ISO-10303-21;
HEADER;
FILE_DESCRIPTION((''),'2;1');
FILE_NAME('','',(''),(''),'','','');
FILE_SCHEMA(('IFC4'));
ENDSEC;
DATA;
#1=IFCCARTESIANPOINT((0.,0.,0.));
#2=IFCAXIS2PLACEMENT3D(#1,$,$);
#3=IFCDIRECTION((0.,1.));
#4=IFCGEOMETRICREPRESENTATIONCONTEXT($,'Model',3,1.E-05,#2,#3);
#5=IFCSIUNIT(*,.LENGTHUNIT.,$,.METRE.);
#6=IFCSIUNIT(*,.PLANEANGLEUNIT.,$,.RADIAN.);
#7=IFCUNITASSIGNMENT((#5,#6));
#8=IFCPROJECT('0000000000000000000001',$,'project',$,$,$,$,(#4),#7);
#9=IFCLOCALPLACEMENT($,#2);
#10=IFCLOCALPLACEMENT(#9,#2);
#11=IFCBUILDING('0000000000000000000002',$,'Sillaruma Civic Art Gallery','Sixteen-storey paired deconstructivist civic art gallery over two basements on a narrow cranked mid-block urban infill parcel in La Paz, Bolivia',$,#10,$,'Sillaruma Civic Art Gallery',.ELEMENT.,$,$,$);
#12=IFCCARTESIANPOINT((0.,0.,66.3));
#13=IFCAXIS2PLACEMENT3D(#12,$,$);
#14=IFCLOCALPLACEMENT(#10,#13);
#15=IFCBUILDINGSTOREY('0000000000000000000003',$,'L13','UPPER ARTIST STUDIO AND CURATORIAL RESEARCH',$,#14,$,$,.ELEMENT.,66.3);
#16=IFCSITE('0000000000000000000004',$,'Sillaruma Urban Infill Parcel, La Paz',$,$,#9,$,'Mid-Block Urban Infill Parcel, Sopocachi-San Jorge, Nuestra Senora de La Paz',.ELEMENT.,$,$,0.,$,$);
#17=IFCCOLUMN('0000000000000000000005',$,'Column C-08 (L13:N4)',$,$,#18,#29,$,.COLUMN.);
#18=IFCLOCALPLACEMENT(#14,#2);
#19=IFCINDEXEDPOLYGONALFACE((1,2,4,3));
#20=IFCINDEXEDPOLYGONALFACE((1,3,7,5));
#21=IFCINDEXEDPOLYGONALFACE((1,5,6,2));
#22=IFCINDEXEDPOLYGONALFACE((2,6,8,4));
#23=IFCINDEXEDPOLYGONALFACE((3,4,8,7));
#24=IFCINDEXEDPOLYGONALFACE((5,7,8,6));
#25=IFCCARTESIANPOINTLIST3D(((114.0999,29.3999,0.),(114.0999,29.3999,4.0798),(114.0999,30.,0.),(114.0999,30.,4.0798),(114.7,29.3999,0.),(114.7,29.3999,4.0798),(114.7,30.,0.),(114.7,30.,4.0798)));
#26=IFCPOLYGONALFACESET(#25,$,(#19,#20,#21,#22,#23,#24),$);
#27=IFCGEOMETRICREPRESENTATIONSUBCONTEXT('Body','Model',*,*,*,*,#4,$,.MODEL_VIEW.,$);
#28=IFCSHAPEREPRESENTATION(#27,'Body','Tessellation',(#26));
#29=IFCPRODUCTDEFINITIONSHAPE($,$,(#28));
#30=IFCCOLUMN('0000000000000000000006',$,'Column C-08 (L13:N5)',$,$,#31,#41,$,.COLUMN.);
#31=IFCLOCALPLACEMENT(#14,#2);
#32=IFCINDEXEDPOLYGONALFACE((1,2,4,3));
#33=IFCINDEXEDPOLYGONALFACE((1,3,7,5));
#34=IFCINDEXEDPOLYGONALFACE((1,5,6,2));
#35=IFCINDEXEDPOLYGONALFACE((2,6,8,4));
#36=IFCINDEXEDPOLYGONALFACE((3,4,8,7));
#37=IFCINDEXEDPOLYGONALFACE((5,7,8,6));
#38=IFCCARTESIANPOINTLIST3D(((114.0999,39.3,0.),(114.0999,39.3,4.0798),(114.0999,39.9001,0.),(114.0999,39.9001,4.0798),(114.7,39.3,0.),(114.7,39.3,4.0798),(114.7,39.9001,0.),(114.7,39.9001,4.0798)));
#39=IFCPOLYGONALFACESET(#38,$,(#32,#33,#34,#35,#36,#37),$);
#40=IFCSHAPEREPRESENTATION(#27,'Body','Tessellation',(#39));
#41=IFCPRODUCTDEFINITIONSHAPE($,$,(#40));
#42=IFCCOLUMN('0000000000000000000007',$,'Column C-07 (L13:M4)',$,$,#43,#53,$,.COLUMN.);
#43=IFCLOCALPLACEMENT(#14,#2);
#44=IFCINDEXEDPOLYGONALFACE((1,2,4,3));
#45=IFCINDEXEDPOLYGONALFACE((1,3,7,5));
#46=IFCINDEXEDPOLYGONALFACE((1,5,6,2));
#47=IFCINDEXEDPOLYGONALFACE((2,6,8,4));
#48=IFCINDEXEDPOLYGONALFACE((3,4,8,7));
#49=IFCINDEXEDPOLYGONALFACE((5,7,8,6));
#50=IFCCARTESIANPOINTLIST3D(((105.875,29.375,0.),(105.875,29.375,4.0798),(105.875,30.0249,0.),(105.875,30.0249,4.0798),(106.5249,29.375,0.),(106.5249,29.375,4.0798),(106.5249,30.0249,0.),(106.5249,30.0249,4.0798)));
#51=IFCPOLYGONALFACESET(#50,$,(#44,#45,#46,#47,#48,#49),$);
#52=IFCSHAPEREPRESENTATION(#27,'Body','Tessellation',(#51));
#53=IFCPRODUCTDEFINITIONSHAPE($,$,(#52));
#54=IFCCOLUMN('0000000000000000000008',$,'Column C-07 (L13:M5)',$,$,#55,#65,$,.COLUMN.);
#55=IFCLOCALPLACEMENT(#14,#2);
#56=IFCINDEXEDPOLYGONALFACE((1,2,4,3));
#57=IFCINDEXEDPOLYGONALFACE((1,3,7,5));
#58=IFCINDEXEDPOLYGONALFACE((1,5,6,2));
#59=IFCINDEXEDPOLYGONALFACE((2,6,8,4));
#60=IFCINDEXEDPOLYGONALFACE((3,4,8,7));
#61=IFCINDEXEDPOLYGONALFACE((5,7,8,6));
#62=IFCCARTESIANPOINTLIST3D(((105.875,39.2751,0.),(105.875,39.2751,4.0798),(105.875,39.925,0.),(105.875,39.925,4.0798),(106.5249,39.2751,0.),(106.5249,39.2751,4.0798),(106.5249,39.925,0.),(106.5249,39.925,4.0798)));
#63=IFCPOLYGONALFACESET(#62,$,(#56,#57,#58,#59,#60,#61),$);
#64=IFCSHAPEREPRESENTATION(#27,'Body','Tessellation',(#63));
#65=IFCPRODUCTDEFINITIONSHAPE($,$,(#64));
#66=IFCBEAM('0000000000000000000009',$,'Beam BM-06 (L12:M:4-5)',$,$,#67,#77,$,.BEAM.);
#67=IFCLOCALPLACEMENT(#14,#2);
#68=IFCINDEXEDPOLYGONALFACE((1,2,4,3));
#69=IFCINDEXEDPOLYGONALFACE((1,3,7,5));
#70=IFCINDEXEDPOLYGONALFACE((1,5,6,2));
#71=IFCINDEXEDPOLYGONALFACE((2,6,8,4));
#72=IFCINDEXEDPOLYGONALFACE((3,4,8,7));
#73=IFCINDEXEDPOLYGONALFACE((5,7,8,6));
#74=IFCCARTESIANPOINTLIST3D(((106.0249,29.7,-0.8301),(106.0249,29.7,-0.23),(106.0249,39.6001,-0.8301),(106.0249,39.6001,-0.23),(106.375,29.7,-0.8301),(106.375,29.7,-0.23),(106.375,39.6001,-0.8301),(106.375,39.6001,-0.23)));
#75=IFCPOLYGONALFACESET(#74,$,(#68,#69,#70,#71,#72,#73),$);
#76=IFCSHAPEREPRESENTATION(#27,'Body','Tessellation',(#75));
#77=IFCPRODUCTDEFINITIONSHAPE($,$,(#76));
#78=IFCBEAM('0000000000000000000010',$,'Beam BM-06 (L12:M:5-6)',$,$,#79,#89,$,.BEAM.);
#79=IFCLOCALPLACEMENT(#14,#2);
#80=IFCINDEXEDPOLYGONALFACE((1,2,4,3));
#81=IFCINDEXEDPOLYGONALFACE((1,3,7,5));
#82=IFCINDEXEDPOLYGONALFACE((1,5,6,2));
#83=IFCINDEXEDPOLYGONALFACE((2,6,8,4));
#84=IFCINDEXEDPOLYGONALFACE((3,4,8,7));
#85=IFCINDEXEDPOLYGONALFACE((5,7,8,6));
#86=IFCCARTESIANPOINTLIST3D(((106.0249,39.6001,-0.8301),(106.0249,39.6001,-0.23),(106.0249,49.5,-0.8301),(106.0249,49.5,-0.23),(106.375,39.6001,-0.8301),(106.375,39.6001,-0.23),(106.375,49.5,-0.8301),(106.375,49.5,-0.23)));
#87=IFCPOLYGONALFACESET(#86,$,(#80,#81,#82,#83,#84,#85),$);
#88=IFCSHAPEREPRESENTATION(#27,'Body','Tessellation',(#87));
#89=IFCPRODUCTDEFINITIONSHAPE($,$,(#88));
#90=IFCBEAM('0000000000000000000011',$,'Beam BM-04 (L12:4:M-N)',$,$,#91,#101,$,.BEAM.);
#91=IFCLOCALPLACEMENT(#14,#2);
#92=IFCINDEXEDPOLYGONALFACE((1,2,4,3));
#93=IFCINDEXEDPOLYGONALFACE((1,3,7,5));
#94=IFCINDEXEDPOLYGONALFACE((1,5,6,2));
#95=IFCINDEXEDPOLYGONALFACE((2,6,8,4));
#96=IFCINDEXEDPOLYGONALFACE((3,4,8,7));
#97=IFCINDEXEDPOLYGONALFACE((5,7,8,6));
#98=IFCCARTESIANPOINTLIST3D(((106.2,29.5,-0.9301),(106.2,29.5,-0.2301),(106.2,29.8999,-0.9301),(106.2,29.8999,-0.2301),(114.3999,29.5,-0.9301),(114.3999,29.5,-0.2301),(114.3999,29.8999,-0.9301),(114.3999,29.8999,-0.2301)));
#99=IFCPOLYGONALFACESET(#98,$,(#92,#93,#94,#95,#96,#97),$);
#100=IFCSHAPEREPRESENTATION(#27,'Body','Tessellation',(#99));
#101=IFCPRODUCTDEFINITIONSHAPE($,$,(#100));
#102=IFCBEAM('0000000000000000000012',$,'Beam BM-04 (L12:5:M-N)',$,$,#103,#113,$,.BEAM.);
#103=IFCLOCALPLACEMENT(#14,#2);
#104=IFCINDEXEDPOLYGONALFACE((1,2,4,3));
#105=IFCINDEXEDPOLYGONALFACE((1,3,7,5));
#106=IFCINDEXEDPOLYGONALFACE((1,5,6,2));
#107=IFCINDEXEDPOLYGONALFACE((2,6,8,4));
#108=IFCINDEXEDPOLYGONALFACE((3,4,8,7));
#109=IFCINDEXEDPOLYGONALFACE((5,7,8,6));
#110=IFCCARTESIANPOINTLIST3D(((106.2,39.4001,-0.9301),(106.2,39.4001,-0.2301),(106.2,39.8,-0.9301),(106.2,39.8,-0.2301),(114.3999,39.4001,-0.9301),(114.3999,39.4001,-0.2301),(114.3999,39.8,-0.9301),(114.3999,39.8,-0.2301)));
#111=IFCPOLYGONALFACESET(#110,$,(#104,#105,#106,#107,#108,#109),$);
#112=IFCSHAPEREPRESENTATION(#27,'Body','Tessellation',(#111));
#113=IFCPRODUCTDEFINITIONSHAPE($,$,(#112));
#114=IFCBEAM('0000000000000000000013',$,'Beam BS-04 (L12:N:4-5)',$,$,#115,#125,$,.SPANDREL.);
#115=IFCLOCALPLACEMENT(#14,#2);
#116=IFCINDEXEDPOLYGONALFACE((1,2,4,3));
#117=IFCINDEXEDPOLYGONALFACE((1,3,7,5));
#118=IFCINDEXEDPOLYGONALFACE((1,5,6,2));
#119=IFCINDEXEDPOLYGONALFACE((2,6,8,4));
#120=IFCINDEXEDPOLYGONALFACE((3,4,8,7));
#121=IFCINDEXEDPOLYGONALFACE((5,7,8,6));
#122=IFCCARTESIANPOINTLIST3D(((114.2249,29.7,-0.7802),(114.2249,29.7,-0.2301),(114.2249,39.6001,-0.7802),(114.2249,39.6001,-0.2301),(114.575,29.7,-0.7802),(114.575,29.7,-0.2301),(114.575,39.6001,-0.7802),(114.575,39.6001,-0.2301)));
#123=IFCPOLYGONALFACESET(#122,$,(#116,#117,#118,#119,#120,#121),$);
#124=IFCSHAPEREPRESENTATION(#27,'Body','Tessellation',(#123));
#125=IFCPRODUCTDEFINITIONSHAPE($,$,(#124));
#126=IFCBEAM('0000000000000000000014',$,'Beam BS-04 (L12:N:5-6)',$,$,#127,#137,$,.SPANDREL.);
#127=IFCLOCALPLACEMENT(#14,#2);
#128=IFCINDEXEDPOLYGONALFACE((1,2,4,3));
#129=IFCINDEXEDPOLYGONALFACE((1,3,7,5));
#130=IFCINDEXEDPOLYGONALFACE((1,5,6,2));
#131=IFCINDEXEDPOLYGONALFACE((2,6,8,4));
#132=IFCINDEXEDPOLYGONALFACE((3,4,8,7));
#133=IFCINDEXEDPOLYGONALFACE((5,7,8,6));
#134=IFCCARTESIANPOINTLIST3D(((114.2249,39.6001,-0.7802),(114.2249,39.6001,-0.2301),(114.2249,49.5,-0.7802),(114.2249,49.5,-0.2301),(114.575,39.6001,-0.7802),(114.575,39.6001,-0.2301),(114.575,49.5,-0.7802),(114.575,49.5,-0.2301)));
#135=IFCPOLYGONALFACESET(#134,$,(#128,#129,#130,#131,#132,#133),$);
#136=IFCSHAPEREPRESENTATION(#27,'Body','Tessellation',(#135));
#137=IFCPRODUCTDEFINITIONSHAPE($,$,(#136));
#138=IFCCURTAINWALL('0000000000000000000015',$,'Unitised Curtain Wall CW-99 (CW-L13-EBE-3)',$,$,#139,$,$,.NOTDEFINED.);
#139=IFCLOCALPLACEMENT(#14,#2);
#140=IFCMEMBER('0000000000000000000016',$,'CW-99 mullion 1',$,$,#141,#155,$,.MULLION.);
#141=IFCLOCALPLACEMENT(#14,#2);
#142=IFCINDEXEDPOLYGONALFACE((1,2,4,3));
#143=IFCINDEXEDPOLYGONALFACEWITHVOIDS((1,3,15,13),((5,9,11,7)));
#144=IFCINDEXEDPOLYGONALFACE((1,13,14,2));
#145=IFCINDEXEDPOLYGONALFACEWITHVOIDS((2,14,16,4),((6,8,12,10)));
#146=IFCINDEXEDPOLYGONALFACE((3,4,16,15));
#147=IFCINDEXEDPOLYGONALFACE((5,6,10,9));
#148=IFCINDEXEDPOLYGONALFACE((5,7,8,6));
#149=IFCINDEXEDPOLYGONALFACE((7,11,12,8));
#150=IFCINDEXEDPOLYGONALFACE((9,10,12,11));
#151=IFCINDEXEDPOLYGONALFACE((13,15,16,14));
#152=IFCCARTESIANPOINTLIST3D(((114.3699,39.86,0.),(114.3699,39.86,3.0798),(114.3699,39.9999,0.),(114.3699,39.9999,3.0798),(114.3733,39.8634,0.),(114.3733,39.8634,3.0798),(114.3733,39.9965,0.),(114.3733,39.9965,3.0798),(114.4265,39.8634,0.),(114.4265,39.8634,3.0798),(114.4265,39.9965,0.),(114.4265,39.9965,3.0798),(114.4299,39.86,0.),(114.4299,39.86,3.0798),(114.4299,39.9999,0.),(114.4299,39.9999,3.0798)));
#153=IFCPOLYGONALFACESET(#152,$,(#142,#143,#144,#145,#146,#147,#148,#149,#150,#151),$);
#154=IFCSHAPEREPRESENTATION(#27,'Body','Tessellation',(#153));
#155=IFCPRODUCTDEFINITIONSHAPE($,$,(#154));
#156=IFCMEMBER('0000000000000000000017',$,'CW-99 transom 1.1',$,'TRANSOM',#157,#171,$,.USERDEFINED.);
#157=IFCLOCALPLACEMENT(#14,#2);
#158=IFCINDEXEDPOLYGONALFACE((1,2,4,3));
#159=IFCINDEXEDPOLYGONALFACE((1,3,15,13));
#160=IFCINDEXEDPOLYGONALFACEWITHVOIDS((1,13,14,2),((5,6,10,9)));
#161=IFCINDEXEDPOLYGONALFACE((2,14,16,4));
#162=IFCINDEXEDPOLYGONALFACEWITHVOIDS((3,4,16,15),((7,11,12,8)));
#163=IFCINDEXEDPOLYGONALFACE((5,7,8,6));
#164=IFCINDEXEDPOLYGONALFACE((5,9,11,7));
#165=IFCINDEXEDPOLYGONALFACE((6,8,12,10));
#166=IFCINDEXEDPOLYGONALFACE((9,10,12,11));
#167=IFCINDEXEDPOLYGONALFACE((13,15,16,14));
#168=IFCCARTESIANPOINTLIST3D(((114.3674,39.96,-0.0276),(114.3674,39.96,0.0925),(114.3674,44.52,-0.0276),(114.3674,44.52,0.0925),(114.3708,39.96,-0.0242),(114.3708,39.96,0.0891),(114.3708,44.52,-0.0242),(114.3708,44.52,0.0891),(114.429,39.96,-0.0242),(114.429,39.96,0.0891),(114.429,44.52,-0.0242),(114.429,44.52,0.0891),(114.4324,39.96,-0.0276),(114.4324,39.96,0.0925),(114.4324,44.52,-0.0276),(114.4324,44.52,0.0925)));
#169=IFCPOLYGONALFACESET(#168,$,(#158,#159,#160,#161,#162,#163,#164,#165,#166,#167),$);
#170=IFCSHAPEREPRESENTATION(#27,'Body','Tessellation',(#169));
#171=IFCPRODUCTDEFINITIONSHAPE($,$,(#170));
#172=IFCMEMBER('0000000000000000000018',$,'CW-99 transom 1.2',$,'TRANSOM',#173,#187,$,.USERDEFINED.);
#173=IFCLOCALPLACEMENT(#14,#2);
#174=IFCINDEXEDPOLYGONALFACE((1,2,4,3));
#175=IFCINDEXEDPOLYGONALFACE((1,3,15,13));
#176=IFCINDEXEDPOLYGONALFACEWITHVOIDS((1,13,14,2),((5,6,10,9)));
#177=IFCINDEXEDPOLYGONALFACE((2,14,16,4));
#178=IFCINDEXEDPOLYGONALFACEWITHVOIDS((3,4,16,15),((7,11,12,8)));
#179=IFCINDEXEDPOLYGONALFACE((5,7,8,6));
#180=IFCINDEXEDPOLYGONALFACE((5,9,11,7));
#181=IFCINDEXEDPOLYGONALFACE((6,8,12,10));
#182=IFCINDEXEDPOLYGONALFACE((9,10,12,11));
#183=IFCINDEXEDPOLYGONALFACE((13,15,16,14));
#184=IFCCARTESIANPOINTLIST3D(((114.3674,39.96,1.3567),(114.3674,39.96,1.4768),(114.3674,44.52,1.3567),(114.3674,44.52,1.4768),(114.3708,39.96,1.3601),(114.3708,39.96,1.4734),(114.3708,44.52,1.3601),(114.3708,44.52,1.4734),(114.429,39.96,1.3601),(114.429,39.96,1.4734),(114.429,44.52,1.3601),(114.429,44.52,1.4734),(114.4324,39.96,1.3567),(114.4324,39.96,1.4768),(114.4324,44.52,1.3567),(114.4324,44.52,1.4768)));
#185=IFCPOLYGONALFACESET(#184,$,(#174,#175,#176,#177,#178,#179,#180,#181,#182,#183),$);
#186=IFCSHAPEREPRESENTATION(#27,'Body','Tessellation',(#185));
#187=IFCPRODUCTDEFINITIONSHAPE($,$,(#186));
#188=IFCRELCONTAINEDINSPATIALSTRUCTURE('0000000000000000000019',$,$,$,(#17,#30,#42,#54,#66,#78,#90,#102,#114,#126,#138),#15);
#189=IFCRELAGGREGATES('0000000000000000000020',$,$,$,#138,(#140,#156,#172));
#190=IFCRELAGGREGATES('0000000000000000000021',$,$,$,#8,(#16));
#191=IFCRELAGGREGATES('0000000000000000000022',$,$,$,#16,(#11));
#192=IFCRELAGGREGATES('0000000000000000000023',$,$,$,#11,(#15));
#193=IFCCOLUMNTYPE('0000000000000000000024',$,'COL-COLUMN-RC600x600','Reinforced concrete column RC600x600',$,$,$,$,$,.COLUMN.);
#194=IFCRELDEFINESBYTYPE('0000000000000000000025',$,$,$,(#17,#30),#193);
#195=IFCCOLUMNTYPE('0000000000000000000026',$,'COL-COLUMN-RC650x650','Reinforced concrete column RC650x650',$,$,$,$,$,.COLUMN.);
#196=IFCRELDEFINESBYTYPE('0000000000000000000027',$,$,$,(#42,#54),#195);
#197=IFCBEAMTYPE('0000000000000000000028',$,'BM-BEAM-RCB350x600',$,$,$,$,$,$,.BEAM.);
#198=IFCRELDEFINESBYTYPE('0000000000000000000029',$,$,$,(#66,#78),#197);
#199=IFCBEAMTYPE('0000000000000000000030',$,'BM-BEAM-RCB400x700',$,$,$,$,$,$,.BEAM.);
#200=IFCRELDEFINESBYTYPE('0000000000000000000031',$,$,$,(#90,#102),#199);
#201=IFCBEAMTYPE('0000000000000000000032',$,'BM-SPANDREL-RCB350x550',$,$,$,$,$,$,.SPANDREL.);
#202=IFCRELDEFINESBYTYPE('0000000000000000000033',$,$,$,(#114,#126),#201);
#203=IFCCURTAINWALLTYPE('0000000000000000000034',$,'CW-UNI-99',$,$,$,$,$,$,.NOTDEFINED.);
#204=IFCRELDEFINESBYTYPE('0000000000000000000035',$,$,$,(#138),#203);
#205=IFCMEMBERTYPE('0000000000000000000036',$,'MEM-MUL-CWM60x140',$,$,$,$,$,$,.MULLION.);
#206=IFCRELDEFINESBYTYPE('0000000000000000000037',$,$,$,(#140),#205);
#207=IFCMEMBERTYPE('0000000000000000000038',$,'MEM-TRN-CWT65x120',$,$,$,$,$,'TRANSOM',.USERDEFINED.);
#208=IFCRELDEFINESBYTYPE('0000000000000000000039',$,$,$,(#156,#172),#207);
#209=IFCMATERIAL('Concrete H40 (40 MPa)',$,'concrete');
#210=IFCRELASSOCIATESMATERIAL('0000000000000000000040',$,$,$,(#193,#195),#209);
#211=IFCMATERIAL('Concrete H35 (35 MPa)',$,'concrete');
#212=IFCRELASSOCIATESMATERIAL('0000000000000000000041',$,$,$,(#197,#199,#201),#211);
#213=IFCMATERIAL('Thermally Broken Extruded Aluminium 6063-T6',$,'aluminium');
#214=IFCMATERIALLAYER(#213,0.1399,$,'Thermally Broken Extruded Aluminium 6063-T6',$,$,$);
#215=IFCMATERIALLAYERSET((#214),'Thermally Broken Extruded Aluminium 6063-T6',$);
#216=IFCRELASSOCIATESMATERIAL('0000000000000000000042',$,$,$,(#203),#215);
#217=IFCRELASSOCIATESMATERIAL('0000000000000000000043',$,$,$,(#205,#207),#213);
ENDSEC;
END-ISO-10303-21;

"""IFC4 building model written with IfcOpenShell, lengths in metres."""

from ifc_helpers import new_model, si_unit, direction, frame, origin, origin_2d, place, context, subcontext, project, spatial, rectangle, hollow_rectangle, extrude, material, layer, layer_set, material_profile, profile_set, type_object, element, aggregate, save


model = new_model("IFC4")

# Units and contexts
model_context = context("Model", 3, precision=1e-05, world=origin(), true_north=direction((0.0, 1.0)))
body_context = subcontext(model_context, "Body", "Model", "MODEL_VIEW")
ifc_project = project(units=[si_unit("LENGTHUNIT", "METRE"), si_unit("PLANEANGLEUNIT", "RADIAN")], contexts=[model_context])

# Site, building, storey
site_placement = place(None, origin())
site = spatial("IfcSite", under=ifc_project, at=site_placement, Name="Sillaruma Urban Infill Parcel, La Paz", LongName="Mid-Block Urban Infill Parcel, Sopocachi-San Jorge, Nuestra Senora de La Paz", CompositionType="ELEMENT", RefElevation=0.0)
building_placement = place(site_placement, origin())
building = spatial("IfcBuilding", under=site, at=building_placement, Name="Sillaruma Civic Art Gallery", Description="Sixteen-storey paired deconstructivist civic art gallery over two basements on a narrow cranked mid-block urban infill parcel in La Paz, Bolivia", LongName="Sillaruma Civic Art Gallery", CompositionType="ELEMENT")
storey_placement = place(building_placement, frame((0.0, 0.0, 66.3)))
storey = spatial("IfcBuildingStorey", under=building, at=storey_placement, Name="L13", Description="UPPER ARTIST STUDIO AND CURATORIAL RESEARCH", CompositionType="ELEMENT", Elevation=66.3)

# Columns
ifc_material_1 = material(Name="Concrete H40 (40 MPa)", Category="concrete")
ifc_material_profile_1 = material_profile(ifc_material_1, rectangle(XDim=0.6001, YDim=0.6001, at=origin_2d()), Name="RC600x600")
ifc_profile_set_1 = profile_set([ifc_material_profile_1], Name="Concrete H40 (40 MPa)")
column_type_1 = type_object("IfcColumnType", Name="COL-COLUMN-RC600x600", Description="Reinforced concrete column RC600x600", PredefinedType="COLUMN", material=ifc_profile_set_1)
for number, where, z_axis, x_axis, name in (
    (1, (114.3999, 29.7, 0.0), (0.0, 0.0, 1.0), (1.0, 0.0, 0.0), "Column C-08 (L13:N4)"),
    (2, (114.3999, 39.6001, 0.0), (0.0, 0.0, 1.0), (1.0, 0.0, 0.0), "Column C-08 (L13:N5)"),
):
    element("IfcColumn", number, at=place(storey_placement, frame(where, z_axis=z_axis, x_axis=x_axis)), inside=storey, type_object=column_type_1, Name=name, PredefinedType="COLUMN", context=body_context, shape_type="SweptSolid", body=[
        extrude(rectangle(XDim=0.6001, YDim=0.6001, at=origin_2d()), origin(), (0.0, 0.0, 1.0), 4.0798),
    ])
ifc_material_profile_2 = material_profile(ifc_material_1, rectangle(XDim=0.6499, YDim=0.6499, at=origin_2d()), Name="RC650x650")
ifc_profile_set_2 = profile_set([ifc_material_profile_2], Name="Concrete H40 (40 MPa)")
column_type_2 = type_object("IfcColumnType", Name="COL-COLUMN-RC650x650", Description="Reinforced concrete column RC650x650", PredefinedType="COLUMN", material=ifc_profile_set_2)
for number, where, z_axis, x_axis, name in (
    (3, (106.2, 29.7, 0.0), (0.0, 0.0, 1.0), (1.0, 0.0, 0.0), "Column C-07 (L13:M4)"),
    (4, (106.2, 39.6001, 0.0), (0.0, 0.0, 1.0), (1.0, 0.0, 0.0), "Column C-07 (L13:M5)"),
):
    element("IfcColumn", number, at=place(storey_placement, frame(where, z_axis=z_axis, x_axis=x_axis)), inside=storey, type_object=column_type_2, Name=name, PredefinedType="COLUMN", context=body_context, shape_type="SweptSolid", body=[
        extrude(rectangle(XDim=0.6499, YDim=0.6499, at=origin_2d()), origin(), (0.0, 0.0, 1.0), 4.0798),
    ])

# Beams
ifc_material_2 = material(Name="Concrete H35 (35 MPa)", Category="concrete")
ifc_material_profile_3 = material_profile(ifc_material_2, rectangle(XDim=0.3501, YDim=0.6001, at=origin_2d()), Name="RCB350x600")
ifc_profile_set_3 = profile_set([ifc_material_profile_3], Name="Concrete H35 (35 MPa)")
beam_type_1 = type_object("IfcBeamType", Name="BM-BEAM-RCB350x600", PredefinedType="BEAM", material=ifc_profile_set_3)
beam_1_placement = place(storey_placement, frame((106.2, 29.7, -0.53), z_axis=(0.0, 1.0, 0.0), x_axis=(-1.0, 0.0, 0.0)))
element("IfcBeam", 5, at=beam_1_placement, inside=storey, type_object=beam_type_1, Name="Beam BM-06 (L12:M:4-5)", PredefinedType="BEAM", context=body_context, shape_type="SweptSolid", body=[
    extrude(rectangle(XDim=0.3501, YDim=0.6001, at=origin_2d()), origin(), (0.0, 0.0, 1.0), 9.9001),
])
beam_2_placement = place(storey_placement, frame((106.2, 39.6001, -0.53), z_axis=(0.0, 1.0, 0.0), x_axis=(-1.0, 0.0, 0.0)))
element("IfcBeam", 6, at=beam_2_placement, inside=storey, type_object=beam_type_1, Name="Beam BM-06 (L12:M:5-6)", PredefinedType="BEAM", context=body_context, shape_type="SweptSolid", body=[
    extrude(rectangle(XDim=0.3501, YDim=0.6001, at=origin_2d()), origin(), (0.0, 0.0, 1.0), 9.8999),
])
ifc_material_profile_4 = material_profile(ifc_material_2, rectangle(XDim=0.3999, YDim=0.7, at=origin_2d()), Name="RCB400x700")
ifc_profile_set_4 = profile_set([ifc_material_profile_4], Name="Concrete H35 (35 MPa)")
beam_type_2 = type_object("IfcBeamType", Name="BM-BEAM-RCB400x700", PredefinedType="BEAM", material=ifc_profile_set_4)
for number, where, z_axis, x_axis, name in (
    (7, (106.2, 29.7, -0.5801), (1.0, 0.0, 0.0), (0.0, 1.0, 0.0), "Beam BM-04 (L12:4:M-N)"),
    (8, (106.2, 39.6001, -0.5801), (1.0, 0.0, 0.0), (0.0, 1.0, 0.0), "Beam BM-04 (L12:5:M-N)"),
):
    element("IfcBeam", number, at=place(storey_placement, frame(where, z_axis=z_axis, x_axis=x_axis)), inside=storey, type_object=beam_type_2, Name=name, PredefinedType="BEAM", context=body_context, shape_type="SweptSolid", body=[
        extrude(rectangle(XDim=0.3999, YDim=0.7, at=origin_2d()), origin(), (0.0, 0.0, 1.0), 8.2),
    ])
ifc_material_profile_5 = material_profile(ifc_material_2, rectangle(XDim=0.3501, YDim=0.55, at=origin_2d()), Name="RCB350x550")
ifc_profile_set_5 = profile_set([ifc_material_profile_5], Name="Concrete H35 (35 MPa)")
beam_type_3 = type_object("IfcBeamType", Name="BM-SPANDREL-RCB350x550", PredefinedType="SPANDREL", material=ifc_profile_set_5)
beam_3_placement = place(storey_placement, frame((114.3999, 29.7, -0.5051), z_axis=(0.0, 1.0, 0.0), x_axis=(-1.0, 0.0, 0.0)))
element("IfcBeam", 9, at=beam_3_placement, inside=storey, type_object=beam_type_3, Name="Beam BS-04 (L12:N:4-5)", PredefinedType="SPANDREL", context=body_context, shape_type="SweptSolid", body=[
    extrude(rectangle(XDim=0.3501, YDim=0.55, at=origin_2d()), origin(), (0.0, 0.0, 1.0), 9.9001),
])
beam_4_placement = place(storey_placement, frame((114.3999, 39.6001, -0.5051), z_axis=(0.0, 1.0, 0.0), x_axis=(-1.0, 0.0, 0.0)))
element("IfcBeam", 10, at=beam_4_placement, inside=storey, type_object=beam_type_3, Name="Beam BS-04 (L12:N:5-6)", PredefinedType="SPANDREL", context=body_context, shape_type="SweptSolid", body=[
    extrude(rectangle(XDim=0.3501, YDim=0.55, at=origin_2d()), origin(), (0.0, 0.0, 1.0), 9.8999),
])

# Curtain wall, members
ifc_material_3 = material(Name="Thermally Broken Extruded Aluminium 6063-T6", Category="aluminium")
ifc_layer_1 = layer(ifc_material_3, 0.1399, Name="Thermally Broken Extruded Aluminium 6063-T6")
ifc_layer_set_1 = layer_set([ifc_layer_1], Name="Thermally Broken Extruded Aluminium 6063-T6")
curtain_wall_type = type_object("IfcCurtainWallType", Name="CW-UNI-99", PredefinedType="NOTDEFINED", material=ifc_layer_set_1)
curtain_wall_placement = place(storey_placement, origin())
curtain_wall = element("IfcCurtainWall", 11, at=curtain_wall_placement, inside=storey, type_object=curtain_wall_type, Name="Unitised Curtain Wall CW-99 (CW-L13-EBE-3)", PredefinedType="NOTDEFINED")
ifc_material_profile_6 = material_profile(ifc_material_3, hollow_rectangle(XDim=0.0601, YDim=0.1399, WallThickness=0.0034, at=origin_2d()), Name="CWM60x140")
ifc_profile_set_6 = profile_set([ifc_material_profile_6], Name="Thermally Broken Extruded Aluminium 6063-T6")
member_type_1 = type_object("IfcMemberType", Name="MEM-MUL-CWM60x140", PredefinedType="MULLION", material=ifc_profile_set_6)
member_1_placement = place(storey_placement, frame((114.3999, 39.9299, 0.0), z_axis=(0.0, 0.0, 1.0), x_axis=(-1.0, 0.0, 0.0)))
member_1 = element("IfcMember", 12, at=member_1_placement, type_object=member_type_1, Name="CW-99 mullion 1", PredefinedType="MULLION", context=body_context, shape_type="SweptSolid", body=[
    extrude(hollow_rectangle(XDim=0.0601, YDim=0.1399, WallThickness=0.0034, at=origin_2d()), origin(), (0.0, 0.0, 1.0), 3.0798),
])
ifc_material_profile_7 = material_profile(ifc_material_3, hollow_rectangle(XDim=0.0649, YDim=0.1201, WallThickness=0.0034, at=origin_2d()), Name="CWT65x120")
ifc_profile_set_7 = profile_set([ifc_material_profile_7], Name="Thermally Broken Extruded Aluminium 6063-T6")
member_type_2 = type_object("IfcMemberType", Name="MEM-TRN-CWT65x120", ElementType="TRANSOM", PredefinedType="USERDEFINED", material=ifc_profile_set_7)
member_2_placement = place(storey_placement, frame((114.3999, 39.96, 0.0325), z_axis=(0.0, 1.0, 0.0), x_axis=(-1.0, 0.0, 0.0)))
member_2 = element("IfcMember", 13, at=member_2_placement, type_object=member_type_2, Name="CW-99 transom 1.1", ObjectType="TRANSOM", PredefinedType="USERDEFINED", context=body_context, shape_type="SweptSolid", body=[
    extrude(hollow_rectangle(XDim=0.0649, YDim=0.1201, WallThickness=0.0034, at=origin_2d()), origin(), (0.0, 0.0, 1.0), 4.5601),
])
member_3_placement = place(storey_placement, frame((114.3999, 39.96, 1.4167), z_axis=(0.0, 1.0, 0.0), x_axis=(-1.0, 0.0, 0.0)))
member_3 = element("IfcMember", 14, at=member_3_placement, type_object=member_type_2, Name="CW-99 transom 1.2", ObjectType="TRANSOM", PredefinedType="USERDEFINED", context=body_context, shape_type="SweptSolid", body=[
    extrude(hollow_rectangle(XDim=0.0649, YDim=0.1201, WallThickness=0.0034, at=origin_2d()), origin(), (0.0, 0.0, 1.0), 4.5601),
])
aggregate(curtain_wall, [member_1, member_2, member_3])

save(model, "model.ifc")
